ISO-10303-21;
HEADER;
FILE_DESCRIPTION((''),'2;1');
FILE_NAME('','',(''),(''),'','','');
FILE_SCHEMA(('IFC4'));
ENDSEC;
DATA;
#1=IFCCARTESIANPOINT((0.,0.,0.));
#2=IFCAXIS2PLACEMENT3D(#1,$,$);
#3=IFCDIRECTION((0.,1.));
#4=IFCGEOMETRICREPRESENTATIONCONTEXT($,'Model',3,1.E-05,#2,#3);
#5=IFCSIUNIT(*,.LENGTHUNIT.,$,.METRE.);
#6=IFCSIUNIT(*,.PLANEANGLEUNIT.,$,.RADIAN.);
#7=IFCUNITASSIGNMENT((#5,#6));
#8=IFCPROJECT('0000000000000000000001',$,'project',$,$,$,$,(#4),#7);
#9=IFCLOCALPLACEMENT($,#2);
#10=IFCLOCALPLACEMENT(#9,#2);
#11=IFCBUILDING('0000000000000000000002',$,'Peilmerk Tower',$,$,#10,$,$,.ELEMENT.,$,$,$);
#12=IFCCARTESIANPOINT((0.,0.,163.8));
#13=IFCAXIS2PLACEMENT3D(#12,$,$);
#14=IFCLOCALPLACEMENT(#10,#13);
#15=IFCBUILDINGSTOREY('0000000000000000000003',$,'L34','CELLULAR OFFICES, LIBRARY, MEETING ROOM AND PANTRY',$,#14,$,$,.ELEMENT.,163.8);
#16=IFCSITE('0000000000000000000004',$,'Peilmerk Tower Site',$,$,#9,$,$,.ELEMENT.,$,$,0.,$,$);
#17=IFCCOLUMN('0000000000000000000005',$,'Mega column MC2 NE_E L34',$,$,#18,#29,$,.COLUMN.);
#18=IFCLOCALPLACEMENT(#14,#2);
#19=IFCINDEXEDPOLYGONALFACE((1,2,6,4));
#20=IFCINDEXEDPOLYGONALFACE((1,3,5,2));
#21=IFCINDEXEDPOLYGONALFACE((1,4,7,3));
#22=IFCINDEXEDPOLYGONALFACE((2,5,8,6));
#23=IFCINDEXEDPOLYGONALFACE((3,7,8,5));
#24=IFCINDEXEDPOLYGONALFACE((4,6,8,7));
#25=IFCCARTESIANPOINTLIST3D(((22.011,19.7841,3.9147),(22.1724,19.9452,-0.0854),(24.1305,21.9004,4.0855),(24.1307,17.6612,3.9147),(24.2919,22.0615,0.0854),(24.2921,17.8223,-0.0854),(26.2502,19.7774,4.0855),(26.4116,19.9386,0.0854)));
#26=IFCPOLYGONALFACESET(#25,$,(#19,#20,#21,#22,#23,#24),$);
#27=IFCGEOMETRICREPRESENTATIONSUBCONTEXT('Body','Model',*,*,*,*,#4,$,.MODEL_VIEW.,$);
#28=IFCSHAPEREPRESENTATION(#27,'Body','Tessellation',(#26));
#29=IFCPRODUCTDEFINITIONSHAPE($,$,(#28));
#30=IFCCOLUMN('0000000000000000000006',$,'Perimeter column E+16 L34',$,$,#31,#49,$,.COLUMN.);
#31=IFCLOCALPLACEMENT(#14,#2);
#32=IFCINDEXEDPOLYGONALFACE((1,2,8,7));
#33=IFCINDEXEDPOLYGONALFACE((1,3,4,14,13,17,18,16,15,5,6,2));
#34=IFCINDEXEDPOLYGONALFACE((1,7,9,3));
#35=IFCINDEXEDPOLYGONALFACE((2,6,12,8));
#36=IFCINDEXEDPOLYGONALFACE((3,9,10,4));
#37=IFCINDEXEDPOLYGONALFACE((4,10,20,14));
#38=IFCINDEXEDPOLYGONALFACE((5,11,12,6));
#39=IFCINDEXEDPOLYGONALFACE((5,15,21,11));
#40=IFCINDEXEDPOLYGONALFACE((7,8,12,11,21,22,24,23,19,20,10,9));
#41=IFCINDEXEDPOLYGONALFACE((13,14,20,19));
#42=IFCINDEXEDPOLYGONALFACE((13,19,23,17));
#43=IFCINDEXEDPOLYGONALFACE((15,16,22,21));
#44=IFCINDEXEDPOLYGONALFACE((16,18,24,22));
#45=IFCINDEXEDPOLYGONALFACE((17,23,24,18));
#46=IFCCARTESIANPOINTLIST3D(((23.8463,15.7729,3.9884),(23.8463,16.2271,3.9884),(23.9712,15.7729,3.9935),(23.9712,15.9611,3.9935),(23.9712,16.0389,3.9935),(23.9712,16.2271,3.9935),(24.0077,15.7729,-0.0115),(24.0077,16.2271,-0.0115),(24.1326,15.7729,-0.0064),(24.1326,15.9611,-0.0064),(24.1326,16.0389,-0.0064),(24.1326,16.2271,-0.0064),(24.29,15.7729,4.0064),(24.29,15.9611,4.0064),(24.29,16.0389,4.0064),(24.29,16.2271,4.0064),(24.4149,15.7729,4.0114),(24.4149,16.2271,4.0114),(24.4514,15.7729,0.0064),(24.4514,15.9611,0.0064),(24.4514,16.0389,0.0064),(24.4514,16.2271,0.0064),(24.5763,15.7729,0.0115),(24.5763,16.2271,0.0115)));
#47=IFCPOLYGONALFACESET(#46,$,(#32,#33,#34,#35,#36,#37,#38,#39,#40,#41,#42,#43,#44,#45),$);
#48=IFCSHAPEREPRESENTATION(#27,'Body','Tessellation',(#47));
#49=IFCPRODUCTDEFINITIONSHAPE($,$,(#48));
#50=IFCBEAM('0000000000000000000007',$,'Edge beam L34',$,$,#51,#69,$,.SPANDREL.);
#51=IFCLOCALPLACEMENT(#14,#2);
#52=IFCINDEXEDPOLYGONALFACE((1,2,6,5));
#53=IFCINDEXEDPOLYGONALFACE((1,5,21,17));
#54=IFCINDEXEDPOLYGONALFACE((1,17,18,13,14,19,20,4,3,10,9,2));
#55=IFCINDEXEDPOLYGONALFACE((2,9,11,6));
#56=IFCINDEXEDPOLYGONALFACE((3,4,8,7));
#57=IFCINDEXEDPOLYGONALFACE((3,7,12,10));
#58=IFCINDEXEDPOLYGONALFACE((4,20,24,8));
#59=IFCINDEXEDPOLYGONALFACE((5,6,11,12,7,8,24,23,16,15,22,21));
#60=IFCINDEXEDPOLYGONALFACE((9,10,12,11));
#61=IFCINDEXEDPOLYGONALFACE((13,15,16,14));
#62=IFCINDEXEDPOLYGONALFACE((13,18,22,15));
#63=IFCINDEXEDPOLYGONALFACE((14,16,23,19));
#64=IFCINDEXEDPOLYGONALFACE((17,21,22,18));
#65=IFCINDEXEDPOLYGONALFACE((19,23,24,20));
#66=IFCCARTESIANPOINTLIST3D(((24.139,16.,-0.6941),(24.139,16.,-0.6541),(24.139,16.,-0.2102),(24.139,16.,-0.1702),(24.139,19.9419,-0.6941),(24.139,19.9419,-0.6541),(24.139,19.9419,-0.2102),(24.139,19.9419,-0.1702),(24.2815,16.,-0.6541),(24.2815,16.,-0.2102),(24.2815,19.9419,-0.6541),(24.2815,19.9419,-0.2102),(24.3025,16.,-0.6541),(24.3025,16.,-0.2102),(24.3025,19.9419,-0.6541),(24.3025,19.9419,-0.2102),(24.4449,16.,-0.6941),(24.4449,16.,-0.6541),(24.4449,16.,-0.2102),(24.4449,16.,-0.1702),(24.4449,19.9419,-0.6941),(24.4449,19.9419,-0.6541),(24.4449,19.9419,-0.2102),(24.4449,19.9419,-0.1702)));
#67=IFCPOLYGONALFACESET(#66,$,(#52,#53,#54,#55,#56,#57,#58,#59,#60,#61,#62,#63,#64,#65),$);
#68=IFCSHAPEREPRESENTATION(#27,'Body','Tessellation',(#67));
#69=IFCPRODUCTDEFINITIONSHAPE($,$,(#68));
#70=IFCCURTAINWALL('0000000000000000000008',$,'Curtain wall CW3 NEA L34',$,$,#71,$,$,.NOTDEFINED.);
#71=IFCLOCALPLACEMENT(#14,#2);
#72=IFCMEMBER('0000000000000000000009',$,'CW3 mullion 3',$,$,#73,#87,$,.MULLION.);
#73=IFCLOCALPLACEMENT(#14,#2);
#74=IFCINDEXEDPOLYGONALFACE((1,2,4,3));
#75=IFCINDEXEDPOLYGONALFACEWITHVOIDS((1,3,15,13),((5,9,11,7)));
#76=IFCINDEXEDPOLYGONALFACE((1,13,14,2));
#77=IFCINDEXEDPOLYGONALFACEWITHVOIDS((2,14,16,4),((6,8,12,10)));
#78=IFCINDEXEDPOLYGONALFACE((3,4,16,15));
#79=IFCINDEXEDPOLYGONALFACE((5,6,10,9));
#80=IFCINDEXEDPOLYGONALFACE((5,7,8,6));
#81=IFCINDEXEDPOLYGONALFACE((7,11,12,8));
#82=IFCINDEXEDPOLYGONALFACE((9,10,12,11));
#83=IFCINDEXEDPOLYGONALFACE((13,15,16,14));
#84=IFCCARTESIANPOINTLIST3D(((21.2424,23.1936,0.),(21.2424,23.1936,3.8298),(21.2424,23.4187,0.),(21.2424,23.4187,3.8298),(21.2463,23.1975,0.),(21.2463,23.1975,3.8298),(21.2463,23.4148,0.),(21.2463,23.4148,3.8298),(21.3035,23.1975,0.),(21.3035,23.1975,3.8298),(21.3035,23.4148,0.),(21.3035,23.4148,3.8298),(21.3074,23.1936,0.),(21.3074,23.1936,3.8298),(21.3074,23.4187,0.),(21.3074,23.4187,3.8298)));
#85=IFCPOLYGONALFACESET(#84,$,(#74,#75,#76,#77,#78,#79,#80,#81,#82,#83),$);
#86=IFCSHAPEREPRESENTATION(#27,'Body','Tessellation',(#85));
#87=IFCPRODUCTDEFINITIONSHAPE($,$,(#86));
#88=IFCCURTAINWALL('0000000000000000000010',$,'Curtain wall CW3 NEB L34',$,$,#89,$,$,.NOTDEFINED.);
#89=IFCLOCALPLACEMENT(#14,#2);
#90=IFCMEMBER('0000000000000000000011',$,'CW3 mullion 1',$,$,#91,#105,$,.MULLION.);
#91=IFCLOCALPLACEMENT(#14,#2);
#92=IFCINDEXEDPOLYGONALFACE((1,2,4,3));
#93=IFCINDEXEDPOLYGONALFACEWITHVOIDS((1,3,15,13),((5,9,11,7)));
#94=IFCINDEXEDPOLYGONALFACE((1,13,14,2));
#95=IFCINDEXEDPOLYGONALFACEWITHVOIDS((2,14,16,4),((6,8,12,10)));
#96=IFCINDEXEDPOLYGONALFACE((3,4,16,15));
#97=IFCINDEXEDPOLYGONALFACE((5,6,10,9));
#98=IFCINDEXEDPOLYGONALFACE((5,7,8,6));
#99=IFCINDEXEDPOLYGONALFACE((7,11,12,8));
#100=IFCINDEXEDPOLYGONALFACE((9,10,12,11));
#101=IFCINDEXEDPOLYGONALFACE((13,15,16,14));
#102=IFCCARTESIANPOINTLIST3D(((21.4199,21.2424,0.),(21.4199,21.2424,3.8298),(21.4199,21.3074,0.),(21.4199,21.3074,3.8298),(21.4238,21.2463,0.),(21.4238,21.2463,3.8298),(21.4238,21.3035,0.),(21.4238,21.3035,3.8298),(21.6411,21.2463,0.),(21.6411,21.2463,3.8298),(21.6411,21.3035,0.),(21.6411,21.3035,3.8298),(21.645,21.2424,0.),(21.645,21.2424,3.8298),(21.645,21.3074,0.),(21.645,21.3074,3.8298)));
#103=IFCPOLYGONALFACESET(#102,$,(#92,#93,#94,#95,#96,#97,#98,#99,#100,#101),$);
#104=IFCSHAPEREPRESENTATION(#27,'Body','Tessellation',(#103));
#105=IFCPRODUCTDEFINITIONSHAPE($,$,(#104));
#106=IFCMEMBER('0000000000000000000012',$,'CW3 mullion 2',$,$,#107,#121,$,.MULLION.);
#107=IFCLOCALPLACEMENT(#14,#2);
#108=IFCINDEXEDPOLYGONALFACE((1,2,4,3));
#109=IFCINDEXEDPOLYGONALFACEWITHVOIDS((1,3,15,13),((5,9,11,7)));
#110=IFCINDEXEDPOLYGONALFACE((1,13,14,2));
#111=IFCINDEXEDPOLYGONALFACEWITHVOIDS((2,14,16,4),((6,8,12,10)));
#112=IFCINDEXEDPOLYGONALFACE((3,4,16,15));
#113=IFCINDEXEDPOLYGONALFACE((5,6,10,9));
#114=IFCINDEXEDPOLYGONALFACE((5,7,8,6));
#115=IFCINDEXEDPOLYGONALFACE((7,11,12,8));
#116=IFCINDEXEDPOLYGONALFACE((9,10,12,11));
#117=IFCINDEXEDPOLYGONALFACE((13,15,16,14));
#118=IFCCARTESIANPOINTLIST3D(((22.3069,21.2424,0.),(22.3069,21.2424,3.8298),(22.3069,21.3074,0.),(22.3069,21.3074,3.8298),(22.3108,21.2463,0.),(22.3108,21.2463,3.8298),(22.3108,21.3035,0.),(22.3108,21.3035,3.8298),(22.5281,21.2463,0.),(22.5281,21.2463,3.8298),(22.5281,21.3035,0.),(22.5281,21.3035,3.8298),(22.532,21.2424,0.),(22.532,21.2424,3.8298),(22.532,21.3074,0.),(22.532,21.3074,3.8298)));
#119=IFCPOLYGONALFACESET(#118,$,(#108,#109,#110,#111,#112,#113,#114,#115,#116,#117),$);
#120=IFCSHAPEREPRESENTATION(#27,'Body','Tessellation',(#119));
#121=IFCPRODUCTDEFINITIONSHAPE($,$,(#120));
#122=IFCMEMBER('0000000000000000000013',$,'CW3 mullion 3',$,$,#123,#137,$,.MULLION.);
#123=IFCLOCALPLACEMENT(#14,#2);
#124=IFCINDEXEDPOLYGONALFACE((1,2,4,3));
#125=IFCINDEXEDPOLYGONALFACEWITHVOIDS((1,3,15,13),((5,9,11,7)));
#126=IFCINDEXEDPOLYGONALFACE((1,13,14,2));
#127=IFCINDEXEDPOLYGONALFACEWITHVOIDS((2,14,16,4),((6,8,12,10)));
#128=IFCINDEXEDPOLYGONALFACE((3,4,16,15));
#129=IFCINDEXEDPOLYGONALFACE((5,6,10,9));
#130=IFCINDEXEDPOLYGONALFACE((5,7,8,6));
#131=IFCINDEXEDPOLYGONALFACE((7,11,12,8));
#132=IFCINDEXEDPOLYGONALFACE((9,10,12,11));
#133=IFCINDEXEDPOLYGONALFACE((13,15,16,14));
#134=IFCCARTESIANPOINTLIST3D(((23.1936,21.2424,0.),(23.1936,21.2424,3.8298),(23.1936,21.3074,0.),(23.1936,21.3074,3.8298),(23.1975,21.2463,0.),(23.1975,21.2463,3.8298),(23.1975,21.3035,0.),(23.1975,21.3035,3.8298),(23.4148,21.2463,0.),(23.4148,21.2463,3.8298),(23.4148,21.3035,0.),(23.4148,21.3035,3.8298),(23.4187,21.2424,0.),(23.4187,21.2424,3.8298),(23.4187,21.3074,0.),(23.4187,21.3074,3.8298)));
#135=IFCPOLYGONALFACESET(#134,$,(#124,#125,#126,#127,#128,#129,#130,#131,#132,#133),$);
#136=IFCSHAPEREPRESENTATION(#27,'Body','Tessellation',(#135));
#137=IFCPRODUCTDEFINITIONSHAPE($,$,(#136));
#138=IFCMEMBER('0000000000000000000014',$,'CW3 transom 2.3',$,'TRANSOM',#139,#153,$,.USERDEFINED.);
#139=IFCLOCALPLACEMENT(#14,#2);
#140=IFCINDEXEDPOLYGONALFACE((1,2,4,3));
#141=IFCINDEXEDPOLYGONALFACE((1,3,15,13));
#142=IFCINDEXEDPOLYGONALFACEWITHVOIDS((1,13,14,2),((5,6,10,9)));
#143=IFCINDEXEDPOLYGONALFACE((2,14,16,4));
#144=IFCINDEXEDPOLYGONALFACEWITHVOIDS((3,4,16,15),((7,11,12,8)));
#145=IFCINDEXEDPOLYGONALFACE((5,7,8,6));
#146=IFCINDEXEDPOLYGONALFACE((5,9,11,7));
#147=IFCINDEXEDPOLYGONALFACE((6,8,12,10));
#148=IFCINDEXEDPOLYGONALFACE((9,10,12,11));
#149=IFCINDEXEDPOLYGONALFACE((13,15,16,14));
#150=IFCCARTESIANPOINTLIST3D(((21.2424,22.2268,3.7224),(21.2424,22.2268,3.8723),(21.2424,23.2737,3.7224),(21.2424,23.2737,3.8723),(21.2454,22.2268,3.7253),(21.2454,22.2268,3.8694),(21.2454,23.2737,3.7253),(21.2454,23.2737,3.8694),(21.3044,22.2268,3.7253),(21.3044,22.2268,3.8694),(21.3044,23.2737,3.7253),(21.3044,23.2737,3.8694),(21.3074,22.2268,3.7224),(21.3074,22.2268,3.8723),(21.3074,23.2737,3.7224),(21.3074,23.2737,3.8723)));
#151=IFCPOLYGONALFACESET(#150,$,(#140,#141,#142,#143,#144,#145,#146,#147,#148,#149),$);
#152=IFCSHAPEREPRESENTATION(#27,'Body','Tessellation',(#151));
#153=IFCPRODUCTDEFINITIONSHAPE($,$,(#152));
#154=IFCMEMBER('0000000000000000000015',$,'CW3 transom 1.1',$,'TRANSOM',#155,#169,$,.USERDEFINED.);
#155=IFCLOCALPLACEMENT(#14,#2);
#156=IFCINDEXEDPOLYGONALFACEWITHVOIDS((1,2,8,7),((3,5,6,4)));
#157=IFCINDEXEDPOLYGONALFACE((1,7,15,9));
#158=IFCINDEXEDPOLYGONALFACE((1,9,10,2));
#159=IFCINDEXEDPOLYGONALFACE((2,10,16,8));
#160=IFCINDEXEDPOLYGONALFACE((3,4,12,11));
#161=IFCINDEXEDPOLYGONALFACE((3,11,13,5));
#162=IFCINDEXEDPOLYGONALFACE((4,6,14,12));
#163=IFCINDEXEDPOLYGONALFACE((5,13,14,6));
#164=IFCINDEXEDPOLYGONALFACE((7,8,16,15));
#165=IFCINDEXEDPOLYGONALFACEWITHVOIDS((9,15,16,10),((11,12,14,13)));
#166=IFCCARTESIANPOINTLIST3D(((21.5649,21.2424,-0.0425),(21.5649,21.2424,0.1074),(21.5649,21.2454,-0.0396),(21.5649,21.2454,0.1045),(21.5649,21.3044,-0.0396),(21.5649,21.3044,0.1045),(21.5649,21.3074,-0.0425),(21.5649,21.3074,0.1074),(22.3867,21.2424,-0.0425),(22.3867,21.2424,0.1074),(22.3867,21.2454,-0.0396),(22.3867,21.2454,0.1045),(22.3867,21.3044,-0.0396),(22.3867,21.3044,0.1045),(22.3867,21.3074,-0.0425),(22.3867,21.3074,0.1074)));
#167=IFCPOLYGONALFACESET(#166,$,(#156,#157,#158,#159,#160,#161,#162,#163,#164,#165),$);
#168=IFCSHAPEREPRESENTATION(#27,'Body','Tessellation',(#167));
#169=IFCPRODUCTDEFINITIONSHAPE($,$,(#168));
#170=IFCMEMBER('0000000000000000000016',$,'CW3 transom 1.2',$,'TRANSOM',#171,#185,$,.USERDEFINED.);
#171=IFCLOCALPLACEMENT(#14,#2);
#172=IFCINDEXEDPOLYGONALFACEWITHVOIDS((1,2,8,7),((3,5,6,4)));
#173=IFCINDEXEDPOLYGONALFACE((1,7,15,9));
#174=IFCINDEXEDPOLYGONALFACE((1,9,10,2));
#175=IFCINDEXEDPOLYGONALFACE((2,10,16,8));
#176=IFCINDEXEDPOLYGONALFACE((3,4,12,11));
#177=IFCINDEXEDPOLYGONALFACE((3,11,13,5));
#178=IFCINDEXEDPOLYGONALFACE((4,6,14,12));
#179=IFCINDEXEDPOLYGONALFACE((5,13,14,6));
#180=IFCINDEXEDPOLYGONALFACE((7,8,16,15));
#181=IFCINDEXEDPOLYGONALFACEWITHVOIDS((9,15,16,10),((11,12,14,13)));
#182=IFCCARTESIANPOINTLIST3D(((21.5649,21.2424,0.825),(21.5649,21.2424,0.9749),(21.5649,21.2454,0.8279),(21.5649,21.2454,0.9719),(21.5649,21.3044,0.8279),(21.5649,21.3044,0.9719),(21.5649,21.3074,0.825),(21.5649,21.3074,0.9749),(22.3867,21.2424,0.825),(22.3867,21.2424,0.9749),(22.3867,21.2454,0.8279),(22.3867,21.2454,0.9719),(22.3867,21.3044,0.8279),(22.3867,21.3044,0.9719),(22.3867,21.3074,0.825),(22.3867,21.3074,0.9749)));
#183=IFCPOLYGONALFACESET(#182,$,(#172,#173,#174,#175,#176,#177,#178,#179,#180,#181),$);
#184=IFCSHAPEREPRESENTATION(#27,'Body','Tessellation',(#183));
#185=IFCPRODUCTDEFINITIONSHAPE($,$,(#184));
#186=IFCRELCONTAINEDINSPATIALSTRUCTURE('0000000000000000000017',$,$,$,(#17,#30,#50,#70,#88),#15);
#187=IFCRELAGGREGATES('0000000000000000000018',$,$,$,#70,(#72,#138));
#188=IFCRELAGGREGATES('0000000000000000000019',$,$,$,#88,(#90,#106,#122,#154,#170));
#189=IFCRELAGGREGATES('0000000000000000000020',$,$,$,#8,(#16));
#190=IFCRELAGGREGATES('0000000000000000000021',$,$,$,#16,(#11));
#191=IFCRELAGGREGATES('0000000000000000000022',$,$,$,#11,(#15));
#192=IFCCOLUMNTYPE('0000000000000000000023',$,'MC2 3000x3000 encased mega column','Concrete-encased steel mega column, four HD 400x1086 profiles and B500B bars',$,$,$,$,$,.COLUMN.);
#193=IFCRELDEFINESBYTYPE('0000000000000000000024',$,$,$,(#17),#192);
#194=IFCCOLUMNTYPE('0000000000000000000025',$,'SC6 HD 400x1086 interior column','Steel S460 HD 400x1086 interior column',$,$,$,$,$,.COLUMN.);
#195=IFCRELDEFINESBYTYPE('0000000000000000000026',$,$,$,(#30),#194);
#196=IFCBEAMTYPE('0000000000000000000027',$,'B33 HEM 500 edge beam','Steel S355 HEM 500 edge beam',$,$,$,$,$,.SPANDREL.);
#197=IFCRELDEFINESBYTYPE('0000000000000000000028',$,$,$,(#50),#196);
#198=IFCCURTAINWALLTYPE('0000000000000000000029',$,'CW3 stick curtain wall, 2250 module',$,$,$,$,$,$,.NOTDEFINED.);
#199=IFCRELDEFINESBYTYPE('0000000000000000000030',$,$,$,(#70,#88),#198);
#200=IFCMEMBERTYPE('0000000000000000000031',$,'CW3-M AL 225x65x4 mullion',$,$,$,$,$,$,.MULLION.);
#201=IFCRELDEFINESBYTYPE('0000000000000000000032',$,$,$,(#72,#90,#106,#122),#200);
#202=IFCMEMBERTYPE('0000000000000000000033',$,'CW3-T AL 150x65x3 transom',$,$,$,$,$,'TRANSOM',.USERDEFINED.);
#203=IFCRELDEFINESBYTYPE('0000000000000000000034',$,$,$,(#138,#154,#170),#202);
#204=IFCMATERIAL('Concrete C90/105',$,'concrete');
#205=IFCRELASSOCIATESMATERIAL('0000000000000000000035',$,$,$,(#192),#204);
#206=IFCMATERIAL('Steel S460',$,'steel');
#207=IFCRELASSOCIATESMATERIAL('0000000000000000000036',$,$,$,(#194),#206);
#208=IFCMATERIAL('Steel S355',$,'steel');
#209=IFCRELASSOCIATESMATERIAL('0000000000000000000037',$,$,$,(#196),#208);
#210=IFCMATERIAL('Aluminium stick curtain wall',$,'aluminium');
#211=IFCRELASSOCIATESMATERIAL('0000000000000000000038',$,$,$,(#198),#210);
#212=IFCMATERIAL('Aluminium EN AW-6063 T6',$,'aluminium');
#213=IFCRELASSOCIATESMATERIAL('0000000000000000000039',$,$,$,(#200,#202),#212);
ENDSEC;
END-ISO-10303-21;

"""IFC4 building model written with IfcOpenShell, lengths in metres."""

from ifc_helpers import new_model, si_unit, direction, frame, origin, origin_2d, place, context, subcontext, project, spatial, rectangle, hollow_rectangle, i_section, extrude, material, material_profile, profile_set, type_object, element, aggregate, save


model = new_model("IFC4")

# Units and contexts
model_context = context("Model", 3, precision=1e-05, world=origin(), true_north=direction((0.0, 1.0)))
body_context = subcontext(model_context, "Body", "Model", "MODEL_VIEW")
ifc_project = project(units=[si_unit("LENGTHUNIT", "METRE"), si_unit("PLANEANGLEUNIT", "RADIAN")], contexts=[model_context])

# Site, building, storey
site_placement = place(None, origin())
site = spatial("IfcSite", under=ifc_project, at=site_placement, Name="Peilmerk Tower Site", CompositionType="ELEMENT", RefElevation=0.0)
building_placement = place(site_placement, origin())
building = spatial("IfcBuilding", under=site, at=building_placement, Name="Peilmerk Tower", CompositionType="ELEMENT")
storey_placement = place(building_placement, frame((0.0, 0.0, 163.8)))
storey = spatial("IfcBuildingStorey", under=building, at=storey_placement, Name="L34", Description="CELLULAR OFFICES, LIBRARY, MEETING ROOM AND PANTRY", CompositionType="ELEMENT", Elevation=163.8)

# Columns
ifc_material_1 = material(Name="Concrete C90/105", Category="concrete")
ifc_material_profile_1 = material_profile(ifc_material_1, rectangle(XDim=3.0, YDim=3.0, at=origin_2d()), Name="RC 3000x3000")
ifc_profile_set_1 = profile_set([ifc_material_profile_1], Name="Concrete C90/105")
column_type_1 = type_object("IfcColumnType", Name="MC2 3000x3000 encased mega column", Description="Concrete-encased steel mega column, four HD 400x1086 profiles and B500B bars", PredefinedType="COLUMN", material=ifc_profile_set_1)
column_1_placement = place(storey_placement, frame((24.292, 19.9419, 0.0), z_axis=(-0.040279, -0.040218, 0.998379), x_axis=(0.706571, -0.707642, 0.0)))
element("IfcColumn", 1, at=column_1_placement, inside=storey, type_object=column_type_1, Name="Mega column MC2 NE_E L34", PredefinedType="COLUMN", context=body_context, shape_type="SweptSolid", body=[
    extrude(rectangle(XDim=3.0, YDim=3.0, at=origin_2d()), origin(), (0.0, 0.0, 1.0), 4.0066),
])
ifc_material_2 = material(Name="Steel S460", Category="steel")
ifc_material_profile_2 = material_profile(ifc_material_2, i_section(OverallWidth=0.4541, OverallDepth=0.5691, WebThickness=0.0779, FlangeThickness=0.125, at=origin_2d()), Name="HD 400x1086")
ifc_profile_set_2 = profile_set([ifc_material_profile_2], Name="Steel S460")
column_type_2 = type_object("IfcColumnType", Name="SC6 HD 400x1086 interior column", Description="Steel S460 HD 400x1086 interior column", PredefinedType="COLUMN", material=ifc_profile_set_2)
column_2_placement = place(storey_placement, frame((24.292, 16.0, 0.0), z_axis=(-0.040311, 0.0, 0.999187), x_axis=(0.0, -1.0, 0.0)))
element("IfcColumn", 2, at=column_2_placement, inside=storey, type_object=column_type_2, Name="Perimeter column E+16 L34", PredefinedType="COLUMN", context=body_context, shape_type="SweptSolid", body=[
    extrude(i_section(OverallWidth=0.4541, OverallDepth=0.5691, WebThickness=0.0779, FlangeThickness=0.125, at=origin_2d()), origin(), (0.0, 0.0, 1.0), 4.0032),
])

# Beam
ifc_material_3 = material(Name="Steel S355", Category="steel")
ifc_material_profile_3 = material_profile(ifc_material_3, i_section(OverallWidth=0.3059, OverallDepth=0.5239, WebThickness=0.021, FlangeThickness=0.04, at=origin_2d()), Name="HEM 500")
ifc_profile_set_3 = profile_set([ifc_material_profile_3], Name="Steel S355")
beam_type = type_object("IfcBeamType", Name="B33 HEM 500 edge beam", Description="Steel S355 HEM 500 edge beam", PredefinedType="SPANDREL", material=ifc_profile_set_3)
beam_placement = place(storey_placement, frame((24.292, 16.0, -0.4321), z_axis=(0.0, 1.0, 0.0), x_axis=(-1.0, 0.0, 0.0)))
element("IfcBeam", 3, at=beam_placement, inside=storey, type_object=beam_type, Name="Edge beam L34", PredefinedType="SPANDREL", context=body_context, shape_type="SweptSolid", body=[
    extrude(i_section(OverallWidth=0.3059, OverallDepth=0.5239, WebThickness=0.021, FlangeThickness=0.04, at=origin_2d()), origin(), (0.0, 0.0, 1.0), 3.9419),
])

# Curtain wall, member
ifc_material_4 = material(Name="Aluminium stick curtain wall", Category="aluminium")
curtain_wall_type = type_object("IfcCurtainWallType", Name="CW3 stick curtain wall, 2250 module", PredefinedType="NOTDEFINED", material=ifc_material_4)
curtain_wall_1_placement = place(storey_placement, origin())
curtain_wall_1 = element("IfcCurtainWall", 4, at=curtain_wall_1_placement, inside=storey, type_object=curtain_wall_type, Name="Curtain wall CW3 NEA L34", PredefinedType="NOTDEFINED")
ifc_material_5 = material(Name="Aluminium EN AW-6063 T6", Category="aluminium")
ifc_material_profile_4 = material_profile(ifc_material_5, hollow_rectangle(XDim=0.0649, YDim=0.2251, WallThickness=0.0039, at=origin_2d()), Name="AL 225x65x4")
ifc_profile_set_4 = profile_set([ifc_material_profile_4], Name="Aluminium EN AW-6063 T6")
member_type_1 = type_object("IfcMemberType", Name="CW3-M AL 225x65x4 mullion", PredefinedType="MULLION", material=ifc_profile_set_4)
member_1_placement = place(storey_placement, frame((21.2749, 23.3062, 0.0), z_axis=(0.0, 0.0, 1.0), x_axis=(-1.0, 0.0, 0.0)))
member_1 = element("IfcMember", 5, at=member_1_placement, type_object=member_type_1, Name="CW3 mullion 3", PredefinedType="MULLION", context=body_context, shape_type="SweptSolid", body=[
    extrude(hollow_rectangle(XDim=0.0649, YDim=0.2251, WallThickness=0.0039, at=origin_2d()), origin(), (0.0, 0.0, 1.0), 3.8298),
])

# Curtain wall, members
curtain_wall_2_placement = place(storey_placement, origin())
curtain_wall_2 = element("IfcCurtainWall", 6, at=curtain_wall_2_placement, inside=storey, type_object=curtain_wall_type, Name="Curtain wall CW3 NEB L34", PredefinedType="NOTDEFINED")
member_2_placement = place(storey_placement, frame((21.5325, 21.2749, 0.0), z_axis=(0.0, 0.0, 1.0), x_axis=(0.0, 1.0, 0.0)))
member_2 = element("IfcMember", 7, at=member_2_placement, type_object=member_type_1, Name="CW3 mullion 1", PredefinedType="MULLION", context=body_context, shape_type="SweptSolid", body=[
    extrude(hollow_rectangle(XDim=0.0649, YDim=0.2251, WallThickness=0.0039, at=origin_2d()), origin(), (0.0, 0.0, 1.0), 3.8298),
])
member_3_placement = place(storey_placement, frame((22.4194, 21.2749, 0.0), z_axis=(0.0, 0.0, 1.0), x_axis=(0.0, 1.0, 0.0)))
member_3 = element("IfcMember", 8, at=member_3_placement, type_object=member_type_1, Name="CW3 mullion 2", PredefinedType="MULLION", context=body_context, shape_type="SweptSolid", body=[
    extrude(hollow_rectangle(XDim=0.0649, YDim=0.2251, WallThickness=0.0039, at=origin_2d()), origin(), (0.0, 0.0, 1.0), 3.8298),
])
member_4_placement = place(storey_placement, frame((23.3062, 21.2749, 0.0), z_axis=(0.0, 0.0, 1.0), x_axis=(0.0, 1.0, 0.0)))
member_4 = element("IfcMember", 9, at=member_4_placement, type_object=member_type_1, Name="CW3 mullion 3", PredefinedType="MULLION", context=body_context, shape_type="SweptSolid", body=[
    extrude(hollow_rectangle(XDim=0.0649, YDim=0.2251, WallThickness=0.0039, at=origin_2d()), origin(), (0.0, 0.0, 1.0), 3.8298),
])

# Members
ifc_material_profile_5 = material_profile(ifc_material_5, hollow_rectangle(XDim=0.0649, YDim=0.1499, WallThickness=0.0029, at=origin_2d()), Name="AL 150x65x3")
ifc_profile_set_5 = profile_set([ifc_material_profile_5], Name="Aluminium EN AW-6063 T6")
member_type_2 = type_object("IfcMemberType", Name="CW3-T AL 150x65x3 transom", ElementType="TRANSOM", PredefinedType="USERDEFINED", material=ifc_profile_set_5)
member_5_placement = place(storey_placement, frame((21.2749, 22.2268, 3.7974), z_axis=(0.0, 1.0, 0.0), x_axis=(-1.0, 0.0, 0.0)))
member_5 = element("IfcMember", 10, at=member_5_placement, type_object=member_type_2, Name="CW3 transom 2.3", ObjectType="TRANSOM", PredefinedType="USERDEFINED", context=body_context, shape_type="SweptSolid", body=[
    extrude(hollow_rectangle(XDim=0.0649, YDim=0.1499, WallThickness=0.0029, at=origin_2d()), origin(), (0.0, 0.0, 1.0), 1.0469),
])
member_6_placement = place(storey_placement, frame((21.5649, 21.2749, 0.0325), z_axis=(1.0, 0.0, 0.0), x_axis=(0.0, 1.0, 0.0)))
member_6 = element("IfcMember", 11, at=member_6_placement, type_object=member_type_2, Name="CW3 transom 1.1", ObjectType="TRANSOM", PredefinedType="USERDEFINED", context=body_context, shape_type="SweptSolid", body=[
    extrude(hollow_rectangle(XDim=0.0649, YDim=0.1499, WallThickness=0.0029, at=origin_2d()), origin(), (0.0, 0.0, 1.0), 0.8218),
])
member_7_placement = place(storey_placement, frame((21.5649, 21.2749, 0.8999), z_axis=(1.0, 0.0, 0.0), x_axis=(0.0, 1.0, 0.0)))
member_7 = element("IfcMember", 12, at=member_7_placement, type_object=member_type_2, Name="CW3 transom 1.2", ObjectType="TRANSOM", PredefinedType="USERDEFINED", context=body_context, shape_type="SweptSolid", body=[
    extrude(hollow_rectangle(XDim=0.0649, YDim=0.1499, WallThickness=0.0029, at=origin_2d()), origin(), (0.0, 0.0, 1.0), 0.8218),
])

aggregate(curtain_wall_1, [member_1, member_5])
aggregate(curtain_wall_2, [member_2, member_3, member_4, member_6, member_7])

save(model, "model.ifc")
